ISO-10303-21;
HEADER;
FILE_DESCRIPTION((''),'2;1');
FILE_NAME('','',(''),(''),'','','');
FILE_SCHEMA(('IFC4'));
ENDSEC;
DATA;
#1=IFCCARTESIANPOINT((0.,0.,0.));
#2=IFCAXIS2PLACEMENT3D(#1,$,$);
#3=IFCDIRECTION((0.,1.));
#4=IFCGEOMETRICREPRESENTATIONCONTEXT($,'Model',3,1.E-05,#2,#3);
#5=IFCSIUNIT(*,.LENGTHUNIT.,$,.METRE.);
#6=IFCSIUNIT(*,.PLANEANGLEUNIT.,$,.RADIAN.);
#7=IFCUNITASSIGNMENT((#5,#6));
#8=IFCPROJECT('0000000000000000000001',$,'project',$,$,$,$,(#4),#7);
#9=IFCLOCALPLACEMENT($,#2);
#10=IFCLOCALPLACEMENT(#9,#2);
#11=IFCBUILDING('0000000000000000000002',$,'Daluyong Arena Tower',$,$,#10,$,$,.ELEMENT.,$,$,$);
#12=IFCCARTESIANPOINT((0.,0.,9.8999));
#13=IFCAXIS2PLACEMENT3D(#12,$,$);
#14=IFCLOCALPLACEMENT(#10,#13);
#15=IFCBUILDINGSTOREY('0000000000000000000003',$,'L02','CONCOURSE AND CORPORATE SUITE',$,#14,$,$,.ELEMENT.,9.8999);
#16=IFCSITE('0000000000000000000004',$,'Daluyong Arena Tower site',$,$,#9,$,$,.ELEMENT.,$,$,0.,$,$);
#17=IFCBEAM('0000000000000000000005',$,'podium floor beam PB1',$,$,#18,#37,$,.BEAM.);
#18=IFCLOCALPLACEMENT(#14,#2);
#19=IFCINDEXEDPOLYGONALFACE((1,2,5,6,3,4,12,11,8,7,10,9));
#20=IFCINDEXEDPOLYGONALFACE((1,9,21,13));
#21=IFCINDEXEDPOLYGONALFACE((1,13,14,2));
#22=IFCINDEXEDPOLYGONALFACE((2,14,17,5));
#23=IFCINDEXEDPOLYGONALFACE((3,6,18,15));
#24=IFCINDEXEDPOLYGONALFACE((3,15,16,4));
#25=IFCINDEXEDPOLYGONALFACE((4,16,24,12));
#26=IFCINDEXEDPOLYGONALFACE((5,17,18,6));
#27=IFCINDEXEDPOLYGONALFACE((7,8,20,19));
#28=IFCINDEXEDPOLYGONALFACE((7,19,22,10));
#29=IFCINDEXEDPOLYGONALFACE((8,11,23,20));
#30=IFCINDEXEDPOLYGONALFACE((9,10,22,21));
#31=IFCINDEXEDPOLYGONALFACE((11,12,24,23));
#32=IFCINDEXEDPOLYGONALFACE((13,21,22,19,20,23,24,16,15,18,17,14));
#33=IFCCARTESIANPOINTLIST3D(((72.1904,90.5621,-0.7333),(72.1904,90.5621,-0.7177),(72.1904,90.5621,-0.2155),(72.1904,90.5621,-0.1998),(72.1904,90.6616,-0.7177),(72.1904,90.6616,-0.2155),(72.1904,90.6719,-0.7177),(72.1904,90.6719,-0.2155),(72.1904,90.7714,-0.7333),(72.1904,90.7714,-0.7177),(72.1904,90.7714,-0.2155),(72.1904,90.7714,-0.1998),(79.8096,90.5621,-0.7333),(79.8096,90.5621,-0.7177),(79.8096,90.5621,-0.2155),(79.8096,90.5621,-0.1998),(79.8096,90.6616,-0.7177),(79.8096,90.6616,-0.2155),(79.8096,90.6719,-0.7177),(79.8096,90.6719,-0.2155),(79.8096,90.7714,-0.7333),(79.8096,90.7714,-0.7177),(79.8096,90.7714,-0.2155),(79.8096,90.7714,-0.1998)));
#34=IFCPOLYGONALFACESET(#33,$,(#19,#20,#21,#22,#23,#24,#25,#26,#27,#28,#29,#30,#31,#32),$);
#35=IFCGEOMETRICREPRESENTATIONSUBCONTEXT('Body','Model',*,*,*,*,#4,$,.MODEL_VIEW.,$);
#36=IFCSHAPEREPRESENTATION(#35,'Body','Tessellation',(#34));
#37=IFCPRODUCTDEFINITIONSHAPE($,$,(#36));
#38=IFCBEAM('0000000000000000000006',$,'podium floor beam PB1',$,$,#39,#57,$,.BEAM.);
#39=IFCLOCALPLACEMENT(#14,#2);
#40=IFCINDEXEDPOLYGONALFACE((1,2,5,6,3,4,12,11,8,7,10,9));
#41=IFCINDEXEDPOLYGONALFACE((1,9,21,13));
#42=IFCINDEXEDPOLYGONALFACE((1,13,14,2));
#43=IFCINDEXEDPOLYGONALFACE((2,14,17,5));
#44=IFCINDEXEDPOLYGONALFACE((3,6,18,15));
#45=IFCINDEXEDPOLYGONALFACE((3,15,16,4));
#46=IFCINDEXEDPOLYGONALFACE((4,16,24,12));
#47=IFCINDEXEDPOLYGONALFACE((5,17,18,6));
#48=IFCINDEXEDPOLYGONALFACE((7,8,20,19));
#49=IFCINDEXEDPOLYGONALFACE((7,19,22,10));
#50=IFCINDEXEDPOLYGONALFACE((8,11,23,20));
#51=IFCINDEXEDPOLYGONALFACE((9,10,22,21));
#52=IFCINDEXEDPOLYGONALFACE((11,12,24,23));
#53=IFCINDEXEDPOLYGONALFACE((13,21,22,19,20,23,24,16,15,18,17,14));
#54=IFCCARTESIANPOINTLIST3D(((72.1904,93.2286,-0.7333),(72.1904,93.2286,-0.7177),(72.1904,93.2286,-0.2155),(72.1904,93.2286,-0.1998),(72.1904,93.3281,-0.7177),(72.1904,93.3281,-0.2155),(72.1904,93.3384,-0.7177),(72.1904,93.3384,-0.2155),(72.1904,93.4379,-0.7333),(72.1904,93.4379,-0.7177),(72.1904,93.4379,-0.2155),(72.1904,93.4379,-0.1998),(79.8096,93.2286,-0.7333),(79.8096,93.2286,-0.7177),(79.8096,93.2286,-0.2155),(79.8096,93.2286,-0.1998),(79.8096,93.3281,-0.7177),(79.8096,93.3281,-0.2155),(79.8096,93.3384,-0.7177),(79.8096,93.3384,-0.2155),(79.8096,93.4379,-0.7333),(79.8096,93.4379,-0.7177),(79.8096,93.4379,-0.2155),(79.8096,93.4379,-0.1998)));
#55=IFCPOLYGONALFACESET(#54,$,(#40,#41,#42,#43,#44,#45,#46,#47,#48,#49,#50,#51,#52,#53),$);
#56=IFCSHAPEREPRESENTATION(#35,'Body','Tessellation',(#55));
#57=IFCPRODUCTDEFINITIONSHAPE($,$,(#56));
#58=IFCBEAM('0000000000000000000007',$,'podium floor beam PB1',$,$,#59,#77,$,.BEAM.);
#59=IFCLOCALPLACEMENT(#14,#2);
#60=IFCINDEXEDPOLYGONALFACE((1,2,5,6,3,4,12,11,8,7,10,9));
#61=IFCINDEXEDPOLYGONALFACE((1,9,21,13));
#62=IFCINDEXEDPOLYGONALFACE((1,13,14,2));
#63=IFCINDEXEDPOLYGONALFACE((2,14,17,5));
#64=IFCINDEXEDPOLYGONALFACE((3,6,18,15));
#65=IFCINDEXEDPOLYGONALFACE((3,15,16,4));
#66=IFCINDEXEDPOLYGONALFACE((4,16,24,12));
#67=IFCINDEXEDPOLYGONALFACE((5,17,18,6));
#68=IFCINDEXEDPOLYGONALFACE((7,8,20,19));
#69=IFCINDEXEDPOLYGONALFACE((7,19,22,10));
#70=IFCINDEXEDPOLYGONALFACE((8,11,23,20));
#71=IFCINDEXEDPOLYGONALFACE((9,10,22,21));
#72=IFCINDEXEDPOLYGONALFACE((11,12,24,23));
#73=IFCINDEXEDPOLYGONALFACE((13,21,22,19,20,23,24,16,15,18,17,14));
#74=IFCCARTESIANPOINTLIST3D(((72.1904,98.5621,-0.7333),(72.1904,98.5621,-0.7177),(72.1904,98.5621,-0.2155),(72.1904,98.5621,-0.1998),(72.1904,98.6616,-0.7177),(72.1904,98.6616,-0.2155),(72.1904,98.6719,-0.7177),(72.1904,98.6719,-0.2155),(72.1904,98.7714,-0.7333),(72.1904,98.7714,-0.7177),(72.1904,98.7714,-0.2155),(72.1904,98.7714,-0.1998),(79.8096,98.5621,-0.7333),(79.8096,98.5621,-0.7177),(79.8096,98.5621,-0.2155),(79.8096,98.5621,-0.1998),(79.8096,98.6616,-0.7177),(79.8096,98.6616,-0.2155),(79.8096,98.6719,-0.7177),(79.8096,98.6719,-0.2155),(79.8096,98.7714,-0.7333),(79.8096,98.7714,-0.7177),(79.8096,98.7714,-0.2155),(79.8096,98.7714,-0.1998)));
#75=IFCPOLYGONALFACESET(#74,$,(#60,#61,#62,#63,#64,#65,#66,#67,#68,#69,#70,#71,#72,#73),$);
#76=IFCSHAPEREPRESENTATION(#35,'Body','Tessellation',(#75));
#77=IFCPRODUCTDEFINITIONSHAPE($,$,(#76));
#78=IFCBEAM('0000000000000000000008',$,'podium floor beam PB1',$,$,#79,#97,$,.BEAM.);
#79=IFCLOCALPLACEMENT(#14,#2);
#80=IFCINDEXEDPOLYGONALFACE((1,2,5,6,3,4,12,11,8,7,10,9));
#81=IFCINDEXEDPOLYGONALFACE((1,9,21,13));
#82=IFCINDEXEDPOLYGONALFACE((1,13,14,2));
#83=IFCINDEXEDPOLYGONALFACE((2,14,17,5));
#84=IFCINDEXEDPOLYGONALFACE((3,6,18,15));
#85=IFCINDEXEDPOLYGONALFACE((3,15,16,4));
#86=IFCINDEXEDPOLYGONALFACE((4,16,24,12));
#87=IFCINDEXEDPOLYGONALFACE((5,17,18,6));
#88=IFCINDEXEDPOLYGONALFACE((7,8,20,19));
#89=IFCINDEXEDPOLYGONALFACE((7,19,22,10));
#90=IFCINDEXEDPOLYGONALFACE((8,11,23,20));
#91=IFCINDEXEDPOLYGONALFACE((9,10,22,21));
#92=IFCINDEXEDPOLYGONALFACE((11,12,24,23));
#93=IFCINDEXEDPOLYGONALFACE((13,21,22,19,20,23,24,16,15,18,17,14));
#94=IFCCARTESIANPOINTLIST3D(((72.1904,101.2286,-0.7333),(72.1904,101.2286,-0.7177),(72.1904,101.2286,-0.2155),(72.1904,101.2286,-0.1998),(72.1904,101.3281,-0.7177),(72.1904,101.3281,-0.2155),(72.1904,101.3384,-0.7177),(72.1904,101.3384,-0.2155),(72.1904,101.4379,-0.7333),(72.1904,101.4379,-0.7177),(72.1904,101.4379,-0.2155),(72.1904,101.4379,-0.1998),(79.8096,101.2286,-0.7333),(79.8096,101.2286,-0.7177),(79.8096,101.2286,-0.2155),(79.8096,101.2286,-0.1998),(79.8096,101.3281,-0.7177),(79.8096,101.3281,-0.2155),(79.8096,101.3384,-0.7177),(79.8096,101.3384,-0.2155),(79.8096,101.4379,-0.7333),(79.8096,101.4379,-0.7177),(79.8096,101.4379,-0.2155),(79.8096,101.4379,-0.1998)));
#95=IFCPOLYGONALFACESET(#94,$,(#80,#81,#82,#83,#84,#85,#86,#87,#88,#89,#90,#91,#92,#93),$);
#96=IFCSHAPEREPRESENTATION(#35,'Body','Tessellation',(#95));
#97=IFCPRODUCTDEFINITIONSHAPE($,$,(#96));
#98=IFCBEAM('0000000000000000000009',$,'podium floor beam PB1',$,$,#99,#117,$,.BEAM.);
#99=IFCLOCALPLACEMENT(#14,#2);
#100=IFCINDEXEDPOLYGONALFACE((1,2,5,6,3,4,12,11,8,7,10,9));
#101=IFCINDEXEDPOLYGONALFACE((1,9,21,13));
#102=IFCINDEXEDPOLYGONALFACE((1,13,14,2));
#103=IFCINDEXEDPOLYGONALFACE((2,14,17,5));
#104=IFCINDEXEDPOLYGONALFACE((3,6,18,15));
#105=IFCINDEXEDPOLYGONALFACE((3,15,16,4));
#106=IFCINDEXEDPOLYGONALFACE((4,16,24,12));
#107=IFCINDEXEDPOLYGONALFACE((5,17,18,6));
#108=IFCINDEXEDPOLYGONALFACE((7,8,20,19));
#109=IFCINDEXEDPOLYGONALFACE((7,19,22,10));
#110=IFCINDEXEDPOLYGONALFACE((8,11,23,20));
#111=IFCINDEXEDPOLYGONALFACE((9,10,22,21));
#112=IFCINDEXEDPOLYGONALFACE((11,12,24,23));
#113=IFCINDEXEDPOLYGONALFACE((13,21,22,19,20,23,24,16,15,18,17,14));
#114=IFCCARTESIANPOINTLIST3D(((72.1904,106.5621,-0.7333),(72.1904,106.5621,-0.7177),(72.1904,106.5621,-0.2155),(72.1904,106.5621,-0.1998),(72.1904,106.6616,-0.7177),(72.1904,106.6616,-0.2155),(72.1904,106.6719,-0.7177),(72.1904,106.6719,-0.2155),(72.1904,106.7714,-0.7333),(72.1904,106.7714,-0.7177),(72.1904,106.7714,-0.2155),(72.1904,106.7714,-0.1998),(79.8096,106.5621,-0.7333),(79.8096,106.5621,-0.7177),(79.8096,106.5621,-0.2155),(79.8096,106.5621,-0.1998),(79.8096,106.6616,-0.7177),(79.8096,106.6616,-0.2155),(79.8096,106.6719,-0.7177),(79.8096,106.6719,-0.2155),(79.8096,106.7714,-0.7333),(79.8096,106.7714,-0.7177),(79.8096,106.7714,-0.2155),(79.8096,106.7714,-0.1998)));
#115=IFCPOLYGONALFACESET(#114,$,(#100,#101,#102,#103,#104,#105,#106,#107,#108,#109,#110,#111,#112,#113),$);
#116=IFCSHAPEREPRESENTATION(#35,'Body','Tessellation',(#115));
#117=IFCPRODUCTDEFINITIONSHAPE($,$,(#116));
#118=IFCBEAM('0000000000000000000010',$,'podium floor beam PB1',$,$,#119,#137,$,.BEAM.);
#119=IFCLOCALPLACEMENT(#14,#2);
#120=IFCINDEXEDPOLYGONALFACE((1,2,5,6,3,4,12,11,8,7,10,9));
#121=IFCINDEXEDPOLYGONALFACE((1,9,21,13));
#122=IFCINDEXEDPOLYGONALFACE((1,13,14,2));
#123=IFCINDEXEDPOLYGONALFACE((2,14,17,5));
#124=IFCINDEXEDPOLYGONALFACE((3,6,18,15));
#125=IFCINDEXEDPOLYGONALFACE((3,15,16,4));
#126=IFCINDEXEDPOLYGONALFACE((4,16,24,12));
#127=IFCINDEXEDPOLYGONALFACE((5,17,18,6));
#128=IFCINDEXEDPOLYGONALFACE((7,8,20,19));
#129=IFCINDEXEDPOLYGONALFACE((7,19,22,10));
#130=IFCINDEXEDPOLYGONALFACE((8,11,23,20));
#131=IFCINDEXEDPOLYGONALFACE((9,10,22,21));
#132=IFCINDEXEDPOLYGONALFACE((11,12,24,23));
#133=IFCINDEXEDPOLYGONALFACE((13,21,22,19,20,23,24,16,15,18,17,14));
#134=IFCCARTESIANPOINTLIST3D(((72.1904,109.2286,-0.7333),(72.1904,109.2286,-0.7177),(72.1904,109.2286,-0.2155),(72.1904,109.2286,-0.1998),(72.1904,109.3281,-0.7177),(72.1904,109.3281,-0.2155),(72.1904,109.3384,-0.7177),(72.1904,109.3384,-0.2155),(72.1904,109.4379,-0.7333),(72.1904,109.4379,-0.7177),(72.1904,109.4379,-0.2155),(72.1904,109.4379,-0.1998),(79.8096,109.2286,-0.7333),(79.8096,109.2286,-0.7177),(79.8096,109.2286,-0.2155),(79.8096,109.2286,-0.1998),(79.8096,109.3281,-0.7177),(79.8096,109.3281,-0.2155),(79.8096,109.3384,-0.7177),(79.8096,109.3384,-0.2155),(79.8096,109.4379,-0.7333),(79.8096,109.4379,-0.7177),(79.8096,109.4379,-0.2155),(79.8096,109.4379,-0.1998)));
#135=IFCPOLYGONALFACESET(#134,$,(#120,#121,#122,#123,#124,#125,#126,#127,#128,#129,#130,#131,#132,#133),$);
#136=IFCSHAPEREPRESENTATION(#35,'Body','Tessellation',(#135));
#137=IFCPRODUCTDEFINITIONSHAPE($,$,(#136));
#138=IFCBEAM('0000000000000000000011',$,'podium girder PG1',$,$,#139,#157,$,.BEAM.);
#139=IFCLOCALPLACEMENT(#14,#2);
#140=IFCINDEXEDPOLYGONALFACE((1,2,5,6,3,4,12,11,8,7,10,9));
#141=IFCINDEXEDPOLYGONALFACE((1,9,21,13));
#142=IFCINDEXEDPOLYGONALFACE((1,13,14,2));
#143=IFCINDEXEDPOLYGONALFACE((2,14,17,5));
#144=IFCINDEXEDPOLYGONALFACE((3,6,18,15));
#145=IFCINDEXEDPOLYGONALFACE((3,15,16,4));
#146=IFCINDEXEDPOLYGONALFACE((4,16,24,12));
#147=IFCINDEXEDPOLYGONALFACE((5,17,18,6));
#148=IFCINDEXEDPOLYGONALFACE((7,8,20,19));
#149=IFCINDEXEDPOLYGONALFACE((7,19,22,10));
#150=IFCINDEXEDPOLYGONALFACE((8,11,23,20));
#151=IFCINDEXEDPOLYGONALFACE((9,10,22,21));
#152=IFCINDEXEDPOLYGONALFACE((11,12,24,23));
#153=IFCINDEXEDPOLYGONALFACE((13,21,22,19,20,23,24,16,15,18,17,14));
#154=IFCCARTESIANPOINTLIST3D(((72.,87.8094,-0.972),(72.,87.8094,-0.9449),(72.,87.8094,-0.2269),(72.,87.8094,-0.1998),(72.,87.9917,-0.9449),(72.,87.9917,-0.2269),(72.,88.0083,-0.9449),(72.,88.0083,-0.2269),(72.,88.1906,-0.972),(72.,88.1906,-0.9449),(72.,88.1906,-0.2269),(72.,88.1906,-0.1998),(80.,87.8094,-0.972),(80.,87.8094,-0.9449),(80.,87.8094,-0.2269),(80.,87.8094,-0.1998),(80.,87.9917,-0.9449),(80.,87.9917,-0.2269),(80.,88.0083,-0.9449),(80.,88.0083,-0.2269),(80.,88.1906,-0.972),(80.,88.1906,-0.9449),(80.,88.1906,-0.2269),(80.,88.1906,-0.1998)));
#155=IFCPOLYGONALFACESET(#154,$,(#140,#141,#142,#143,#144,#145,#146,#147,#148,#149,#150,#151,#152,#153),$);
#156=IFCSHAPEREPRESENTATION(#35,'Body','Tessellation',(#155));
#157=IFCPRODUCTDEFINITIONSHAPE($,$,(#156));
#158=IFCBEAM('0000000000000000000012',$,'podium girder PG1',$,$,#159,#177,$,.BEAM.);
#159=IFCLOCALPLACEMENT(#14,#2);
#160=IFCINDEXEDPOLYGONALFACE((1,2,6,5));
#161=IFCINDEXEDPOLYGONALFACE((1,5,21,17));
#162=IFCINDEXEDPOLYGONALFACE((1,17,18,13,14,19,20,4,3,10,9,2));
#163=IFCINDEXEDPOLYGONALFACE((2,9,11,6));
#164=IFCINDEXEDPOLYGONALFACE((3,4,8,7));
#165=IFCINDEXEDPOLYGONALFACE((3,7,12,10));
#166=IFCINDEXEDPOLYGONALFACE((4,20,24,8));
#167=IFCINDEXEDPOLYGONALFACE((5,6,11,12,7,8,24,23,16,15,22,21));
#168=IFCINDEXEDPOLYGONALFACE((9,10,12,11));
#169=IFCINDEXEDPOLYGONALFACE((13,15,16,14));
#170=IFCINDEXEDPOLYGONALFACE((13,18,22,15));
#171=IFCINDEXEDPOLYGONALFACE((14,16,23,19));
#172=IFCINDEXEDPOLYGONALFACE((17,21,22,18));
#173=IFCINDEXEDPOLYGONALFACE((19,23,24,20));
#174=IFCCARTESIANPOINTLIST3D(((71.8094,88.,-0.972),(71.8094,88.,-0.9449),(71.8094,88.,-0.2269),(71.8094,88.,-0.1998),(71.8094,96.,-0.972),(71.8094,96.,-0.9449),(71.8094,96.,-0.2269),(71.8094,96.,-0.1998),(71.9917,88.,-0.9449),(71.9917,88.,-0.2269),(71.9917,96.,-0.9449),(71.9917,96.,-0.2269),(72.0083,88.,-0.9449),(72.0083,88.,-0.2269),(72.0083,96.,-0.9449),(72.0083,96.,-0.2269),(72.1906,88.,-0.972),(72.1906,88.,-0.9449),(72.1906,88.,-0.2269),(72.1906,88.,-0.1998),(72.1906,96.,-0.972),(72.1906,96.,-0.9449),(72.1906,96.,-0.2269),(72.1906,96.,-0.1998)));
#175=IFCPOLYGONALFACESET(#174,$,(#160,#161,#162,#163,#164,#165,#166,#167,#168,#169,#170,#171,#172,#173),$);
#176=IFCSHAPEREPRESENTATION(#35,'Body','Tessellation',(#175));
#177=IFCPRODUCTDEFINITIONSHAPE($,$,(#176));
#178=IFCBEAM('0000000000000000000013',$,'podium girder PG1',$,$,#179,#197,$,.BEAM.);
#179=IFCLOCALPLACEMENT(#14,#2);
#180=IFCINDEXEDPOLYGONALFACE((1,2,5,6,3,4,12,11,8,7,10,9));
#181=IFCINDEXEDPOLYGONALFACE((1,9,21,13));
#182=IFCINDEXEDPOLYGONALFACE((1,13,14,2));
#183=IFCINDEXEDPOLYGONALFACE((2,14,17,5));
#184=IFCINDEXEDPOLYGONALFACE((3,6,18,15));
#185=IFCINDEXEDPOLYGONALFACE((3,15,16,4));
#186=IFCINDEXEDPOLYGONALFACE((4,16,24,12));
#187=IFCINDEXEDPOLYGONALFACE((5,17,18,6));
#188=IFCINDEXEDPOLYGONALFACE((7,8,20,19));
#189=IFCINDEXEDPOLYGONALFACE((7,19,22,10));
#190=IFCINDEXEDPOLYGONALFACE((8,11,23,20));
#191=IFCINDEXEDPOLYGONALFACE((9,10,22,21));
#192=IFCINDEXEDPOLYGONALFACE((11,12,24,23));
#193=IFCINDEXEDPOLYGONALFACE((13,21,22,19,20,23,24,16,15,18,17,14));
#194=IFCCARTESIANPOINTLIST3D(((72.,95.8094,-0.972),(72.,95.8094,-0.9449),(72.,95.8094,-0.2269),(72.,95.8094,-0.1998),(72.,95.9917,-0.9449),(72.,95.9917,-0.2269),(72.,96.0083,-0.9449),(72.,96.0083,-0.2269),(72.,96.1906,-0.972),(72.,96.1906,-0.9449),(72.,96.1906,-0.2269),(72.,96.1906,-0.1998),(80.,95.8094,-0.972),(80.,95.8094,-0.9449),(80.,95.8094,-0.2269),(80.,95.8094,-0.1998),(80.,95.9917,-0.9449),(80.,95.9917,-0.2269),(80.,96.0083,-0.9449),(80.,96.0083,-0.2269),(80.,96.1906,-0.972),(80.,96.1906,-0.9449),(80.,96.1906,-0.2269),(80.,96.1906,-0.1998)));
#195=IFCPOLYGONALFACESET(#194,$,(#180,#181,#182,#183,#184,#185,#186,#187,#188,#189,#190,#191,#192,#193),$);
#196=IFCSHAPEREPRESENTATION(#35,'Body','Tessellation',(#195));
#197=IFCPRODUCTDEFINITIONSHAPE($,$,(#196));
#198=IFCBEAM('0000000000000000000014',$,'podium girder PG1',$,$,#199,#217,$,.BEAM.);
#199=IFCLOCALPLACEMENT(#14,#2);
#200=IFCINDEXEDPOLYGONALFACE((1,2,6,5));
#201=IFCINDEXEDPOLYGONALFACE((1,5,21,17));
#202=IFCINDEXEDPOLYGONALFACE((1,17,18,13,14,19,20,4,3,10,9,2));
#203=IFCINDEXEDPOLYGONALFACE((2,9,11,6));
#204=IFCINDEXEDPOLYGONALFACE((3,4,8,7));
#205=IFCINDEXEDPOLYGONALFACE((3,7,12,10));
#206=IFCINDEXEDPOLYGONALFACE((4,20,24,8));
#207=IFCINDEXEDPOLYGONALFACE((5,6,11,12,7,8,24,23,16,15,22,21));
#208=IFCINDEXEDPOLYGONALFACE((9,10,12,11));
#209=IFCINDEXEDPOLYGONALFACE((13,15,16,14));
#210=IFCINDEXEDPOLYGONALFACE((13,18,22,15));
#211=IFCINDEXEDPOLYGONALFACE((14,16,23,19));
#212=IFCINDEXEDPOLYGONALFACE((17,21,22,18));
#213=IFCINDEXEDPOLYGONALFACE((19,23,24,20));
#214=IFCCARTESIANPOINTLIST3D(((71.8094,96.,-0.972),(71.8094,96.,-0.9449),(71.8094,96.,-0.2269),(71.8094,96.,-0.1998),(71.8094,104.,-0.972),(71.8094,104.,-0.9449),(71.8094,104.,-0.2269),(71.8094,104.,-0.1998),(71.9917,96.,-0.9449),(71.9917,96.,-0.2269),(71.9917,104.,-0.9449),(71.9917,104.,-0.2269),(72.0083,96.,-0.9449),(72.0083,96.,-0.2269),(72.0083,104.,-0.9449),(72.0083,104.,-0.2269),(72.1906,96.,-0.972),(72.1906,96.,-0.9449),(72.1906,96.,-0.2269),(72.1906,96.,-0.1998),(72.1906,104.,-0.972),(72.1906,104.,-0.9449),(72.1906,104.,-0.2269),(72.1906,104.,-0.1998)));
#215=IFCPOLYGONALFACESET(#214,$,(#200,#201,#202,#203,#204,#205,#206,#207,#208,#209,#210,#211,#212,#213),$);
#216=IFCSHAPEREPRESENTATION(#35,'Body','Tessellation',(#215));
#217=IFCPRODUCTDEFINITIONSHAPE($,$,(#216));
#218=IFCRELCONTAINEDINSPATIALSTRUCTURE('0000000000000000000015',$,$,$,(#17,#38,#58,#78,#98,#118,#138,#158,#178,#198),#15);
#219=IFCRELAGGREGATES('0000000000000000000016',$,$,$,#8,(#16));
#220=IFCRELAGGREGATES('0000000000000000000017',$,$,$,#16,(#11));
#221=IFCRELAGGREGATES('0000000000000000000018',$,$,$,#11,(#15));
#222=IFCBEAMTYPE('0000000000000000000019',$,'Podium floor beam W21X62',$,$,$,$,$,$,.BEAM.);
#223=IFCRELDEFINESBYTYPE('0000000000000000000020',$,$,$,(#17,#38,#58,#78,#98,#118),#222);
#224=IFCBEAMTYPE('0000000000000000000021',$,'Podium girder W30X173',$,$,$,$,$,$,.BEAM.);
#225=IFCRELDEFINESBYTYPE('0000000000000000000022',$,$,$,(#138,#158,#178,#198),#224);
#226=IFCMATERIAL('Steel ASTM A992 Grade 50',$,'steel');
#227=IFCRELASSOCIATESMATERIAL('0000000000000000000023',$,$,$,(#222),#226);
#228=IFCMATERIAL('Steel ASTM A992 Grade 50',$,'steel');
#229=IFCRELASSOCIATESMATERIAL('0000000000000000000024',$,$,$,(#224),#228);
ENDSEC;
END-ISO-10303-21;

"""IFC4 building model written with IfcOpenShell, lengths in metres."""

from ifc_helpers import new_model, si_unit, direction, frame, origin, origin_2d, place, context, subcontext, project, spatial, i_section, extrude, material, material_profile, profile_set, type_object, element, save


model = new_model("IFC4")

# Units and contexts
model_context = context("Model", 3, precision=1e-05, world=origin(), true_north=direction((0.0, 1.0)))
body_context = subcontext(model_context, "Body", "Model", "MODEL_VIEW")
ifc_project = project(units=[si_unit("LENGTHUNIT", "METRE"), si_unit("PLANEANGLEUNIT", "RADIAN")], contexts=[model_context])

# Site, building, storey
site_placement = place(None, origin())
site = spatial("IfcSite", under=ifc_project, at=site_placement, Name="Daluyong Arena Tower site", CompositionType="ELEMENT", RefElevation=0.0)
building_placement = place(site_placement, origin())
building = spatial("IfcBuilding", under=site, at=building_placement, Name="Daluyong Arena Tower", CompositionType="ELEMENT")
storey_placement = place(building_placement, frame((0.0, 0.0, 9.8999)))
storey = spatial("IfcBuildingStorey", under=building, at=storey_placement, Name="L02", Description="CONCOURSE AND CORPORATE SUITE", CompositionType="ELEMENT", Elevation=9.8999)

# Beams
ifc_material_1 = material(Name="Steel ASTM A992 Grade 50", Category="steel")
ifc_material_profile_1 = material_profile(ifc_material_1, i_section(OverallWidth=0.2092, OverallDepth=0.5334, WebThickness=0.0103, FlangeThickness=0.0156, at=origin_2d()))
ifc_profile_set_1 = profile_set([ifc_material_profile_1], Name="Steel ASTM A992 Grade 50")
beam_type_1 = type_object("IfcBeamType", Name="Podium floor beam W21X62", PredefinedType="BEAM", material=ifc_profile_set_1)
for number, where, z_axis, x_axis, name in (
    (1, (72.1904, 90.6667, -0.4666), (1.0, 0.0, 0.0), (0.0, 1.0, 0.0), "podium floor beam PB1"),
    (2, (72.1904, 93.3333, -0.4666), (1.0, 0.0, 0.0), (0.0, 1.0, 0.0), "podium floor beam PB1"),
    (3, (72.1904, 98.6667, -0.4666), (1.0, 0.0, 0.0), (0.0, 1.0, 0.0), "podium floor beam PB1"),
    (4, (72.1904, 101.3333, -0.4666), (1.0, 0.0, 0.0), (0.0, 1.0, 0.0), "podium floor beam PB1"),
    (5, (72.1904, 106.6667, -0.4666), (1.0, 0.0, 0.0), (0.0, 1.0, 0.0), "podium floor beam PB1"),
    (6, (72.1904, 109.3333, -0.4666), (1.0, 0.0, 0.0), (0.0, 1.0, 0.0), "podium floor beam PB1"),
):
    element("IfcBeam", number, at=place(storey_placement, frame(where, z_axis=z_axis, x_axis=x_axis)), inside=storey, type_object=beam_type_1, Name=name, PredefinedType="BEAM", context=body_context, shape_type="SweptSolid", body=[
        extrude(i_section(OverallWidth=0.2092, OverallDepth=0.5334, WebThickness=0.0103, FlangeThickness=0.0156, at=origin_2d()), origin(), (0.0, 0.0, 1.0), 7.6191),
    ])
ifc_material_2 = material(Name="Steel ASTM A992 Grade 50", Category="steel")
ifc_material_profile_2 = material_profile(ifc_material_2, i_section(OverallWidth=0.3811, OverallDepth=0.7722, WebThickness=0.0166, FlangeThickness=0.0271, at=origin_2d()))
ifc_profile_set_2 = profile_set([ifc_material_profile_2], Name="Steel ASTM A992 Grade 50")
beam_type_2 = type_object("IfcBeamType", Name="Podium girder W30X173", PredefinedType="BEAM", material=ifc_profile_set_2)
for number, where, z_axis, x_axis, name in (
    (7, (72.0, 88.0, -0.5859), (1.0, 0.0, 0.0), (0.0, 1.0, 0.0), "podium girder PG1"),
    (8, (72.0, 88.0, -0.5859), (0.0, 1.0, 0.0), (-1.0, 0.0, 0.0), "podium girder PG1"),
    (9, (72.0, 96.0, -0.5859), (1.0, 0.0, 0.0), (0.0, 1.0, 0.0), "podium girder PG1"),
    (10, (72.0, 96.0, -0.5859), (0.0, 1.0, 0.0), (-1.0, 0.0, 0.0), "podium girder PG1"),
):
    element("IfcBeam", number, at=place(storey_placement, frame(where, z_axis=z_axis, x_axis=x_axis)), inside=storey, type_object=beam_type_2, Name=name, PredefinedType="BEAM", context=body_context, shape_type="SweptSolid", body=[
        extrude(i_section(OverallWidth=0.3811, OverallDepth=0.7722, WebThickness=0.0166, FlangeThickness=0.0271, at=origin_2d()), origin(), (0.0, 0.0, 1.0), 8.0),
    ])

save(model, "model.ifc")
